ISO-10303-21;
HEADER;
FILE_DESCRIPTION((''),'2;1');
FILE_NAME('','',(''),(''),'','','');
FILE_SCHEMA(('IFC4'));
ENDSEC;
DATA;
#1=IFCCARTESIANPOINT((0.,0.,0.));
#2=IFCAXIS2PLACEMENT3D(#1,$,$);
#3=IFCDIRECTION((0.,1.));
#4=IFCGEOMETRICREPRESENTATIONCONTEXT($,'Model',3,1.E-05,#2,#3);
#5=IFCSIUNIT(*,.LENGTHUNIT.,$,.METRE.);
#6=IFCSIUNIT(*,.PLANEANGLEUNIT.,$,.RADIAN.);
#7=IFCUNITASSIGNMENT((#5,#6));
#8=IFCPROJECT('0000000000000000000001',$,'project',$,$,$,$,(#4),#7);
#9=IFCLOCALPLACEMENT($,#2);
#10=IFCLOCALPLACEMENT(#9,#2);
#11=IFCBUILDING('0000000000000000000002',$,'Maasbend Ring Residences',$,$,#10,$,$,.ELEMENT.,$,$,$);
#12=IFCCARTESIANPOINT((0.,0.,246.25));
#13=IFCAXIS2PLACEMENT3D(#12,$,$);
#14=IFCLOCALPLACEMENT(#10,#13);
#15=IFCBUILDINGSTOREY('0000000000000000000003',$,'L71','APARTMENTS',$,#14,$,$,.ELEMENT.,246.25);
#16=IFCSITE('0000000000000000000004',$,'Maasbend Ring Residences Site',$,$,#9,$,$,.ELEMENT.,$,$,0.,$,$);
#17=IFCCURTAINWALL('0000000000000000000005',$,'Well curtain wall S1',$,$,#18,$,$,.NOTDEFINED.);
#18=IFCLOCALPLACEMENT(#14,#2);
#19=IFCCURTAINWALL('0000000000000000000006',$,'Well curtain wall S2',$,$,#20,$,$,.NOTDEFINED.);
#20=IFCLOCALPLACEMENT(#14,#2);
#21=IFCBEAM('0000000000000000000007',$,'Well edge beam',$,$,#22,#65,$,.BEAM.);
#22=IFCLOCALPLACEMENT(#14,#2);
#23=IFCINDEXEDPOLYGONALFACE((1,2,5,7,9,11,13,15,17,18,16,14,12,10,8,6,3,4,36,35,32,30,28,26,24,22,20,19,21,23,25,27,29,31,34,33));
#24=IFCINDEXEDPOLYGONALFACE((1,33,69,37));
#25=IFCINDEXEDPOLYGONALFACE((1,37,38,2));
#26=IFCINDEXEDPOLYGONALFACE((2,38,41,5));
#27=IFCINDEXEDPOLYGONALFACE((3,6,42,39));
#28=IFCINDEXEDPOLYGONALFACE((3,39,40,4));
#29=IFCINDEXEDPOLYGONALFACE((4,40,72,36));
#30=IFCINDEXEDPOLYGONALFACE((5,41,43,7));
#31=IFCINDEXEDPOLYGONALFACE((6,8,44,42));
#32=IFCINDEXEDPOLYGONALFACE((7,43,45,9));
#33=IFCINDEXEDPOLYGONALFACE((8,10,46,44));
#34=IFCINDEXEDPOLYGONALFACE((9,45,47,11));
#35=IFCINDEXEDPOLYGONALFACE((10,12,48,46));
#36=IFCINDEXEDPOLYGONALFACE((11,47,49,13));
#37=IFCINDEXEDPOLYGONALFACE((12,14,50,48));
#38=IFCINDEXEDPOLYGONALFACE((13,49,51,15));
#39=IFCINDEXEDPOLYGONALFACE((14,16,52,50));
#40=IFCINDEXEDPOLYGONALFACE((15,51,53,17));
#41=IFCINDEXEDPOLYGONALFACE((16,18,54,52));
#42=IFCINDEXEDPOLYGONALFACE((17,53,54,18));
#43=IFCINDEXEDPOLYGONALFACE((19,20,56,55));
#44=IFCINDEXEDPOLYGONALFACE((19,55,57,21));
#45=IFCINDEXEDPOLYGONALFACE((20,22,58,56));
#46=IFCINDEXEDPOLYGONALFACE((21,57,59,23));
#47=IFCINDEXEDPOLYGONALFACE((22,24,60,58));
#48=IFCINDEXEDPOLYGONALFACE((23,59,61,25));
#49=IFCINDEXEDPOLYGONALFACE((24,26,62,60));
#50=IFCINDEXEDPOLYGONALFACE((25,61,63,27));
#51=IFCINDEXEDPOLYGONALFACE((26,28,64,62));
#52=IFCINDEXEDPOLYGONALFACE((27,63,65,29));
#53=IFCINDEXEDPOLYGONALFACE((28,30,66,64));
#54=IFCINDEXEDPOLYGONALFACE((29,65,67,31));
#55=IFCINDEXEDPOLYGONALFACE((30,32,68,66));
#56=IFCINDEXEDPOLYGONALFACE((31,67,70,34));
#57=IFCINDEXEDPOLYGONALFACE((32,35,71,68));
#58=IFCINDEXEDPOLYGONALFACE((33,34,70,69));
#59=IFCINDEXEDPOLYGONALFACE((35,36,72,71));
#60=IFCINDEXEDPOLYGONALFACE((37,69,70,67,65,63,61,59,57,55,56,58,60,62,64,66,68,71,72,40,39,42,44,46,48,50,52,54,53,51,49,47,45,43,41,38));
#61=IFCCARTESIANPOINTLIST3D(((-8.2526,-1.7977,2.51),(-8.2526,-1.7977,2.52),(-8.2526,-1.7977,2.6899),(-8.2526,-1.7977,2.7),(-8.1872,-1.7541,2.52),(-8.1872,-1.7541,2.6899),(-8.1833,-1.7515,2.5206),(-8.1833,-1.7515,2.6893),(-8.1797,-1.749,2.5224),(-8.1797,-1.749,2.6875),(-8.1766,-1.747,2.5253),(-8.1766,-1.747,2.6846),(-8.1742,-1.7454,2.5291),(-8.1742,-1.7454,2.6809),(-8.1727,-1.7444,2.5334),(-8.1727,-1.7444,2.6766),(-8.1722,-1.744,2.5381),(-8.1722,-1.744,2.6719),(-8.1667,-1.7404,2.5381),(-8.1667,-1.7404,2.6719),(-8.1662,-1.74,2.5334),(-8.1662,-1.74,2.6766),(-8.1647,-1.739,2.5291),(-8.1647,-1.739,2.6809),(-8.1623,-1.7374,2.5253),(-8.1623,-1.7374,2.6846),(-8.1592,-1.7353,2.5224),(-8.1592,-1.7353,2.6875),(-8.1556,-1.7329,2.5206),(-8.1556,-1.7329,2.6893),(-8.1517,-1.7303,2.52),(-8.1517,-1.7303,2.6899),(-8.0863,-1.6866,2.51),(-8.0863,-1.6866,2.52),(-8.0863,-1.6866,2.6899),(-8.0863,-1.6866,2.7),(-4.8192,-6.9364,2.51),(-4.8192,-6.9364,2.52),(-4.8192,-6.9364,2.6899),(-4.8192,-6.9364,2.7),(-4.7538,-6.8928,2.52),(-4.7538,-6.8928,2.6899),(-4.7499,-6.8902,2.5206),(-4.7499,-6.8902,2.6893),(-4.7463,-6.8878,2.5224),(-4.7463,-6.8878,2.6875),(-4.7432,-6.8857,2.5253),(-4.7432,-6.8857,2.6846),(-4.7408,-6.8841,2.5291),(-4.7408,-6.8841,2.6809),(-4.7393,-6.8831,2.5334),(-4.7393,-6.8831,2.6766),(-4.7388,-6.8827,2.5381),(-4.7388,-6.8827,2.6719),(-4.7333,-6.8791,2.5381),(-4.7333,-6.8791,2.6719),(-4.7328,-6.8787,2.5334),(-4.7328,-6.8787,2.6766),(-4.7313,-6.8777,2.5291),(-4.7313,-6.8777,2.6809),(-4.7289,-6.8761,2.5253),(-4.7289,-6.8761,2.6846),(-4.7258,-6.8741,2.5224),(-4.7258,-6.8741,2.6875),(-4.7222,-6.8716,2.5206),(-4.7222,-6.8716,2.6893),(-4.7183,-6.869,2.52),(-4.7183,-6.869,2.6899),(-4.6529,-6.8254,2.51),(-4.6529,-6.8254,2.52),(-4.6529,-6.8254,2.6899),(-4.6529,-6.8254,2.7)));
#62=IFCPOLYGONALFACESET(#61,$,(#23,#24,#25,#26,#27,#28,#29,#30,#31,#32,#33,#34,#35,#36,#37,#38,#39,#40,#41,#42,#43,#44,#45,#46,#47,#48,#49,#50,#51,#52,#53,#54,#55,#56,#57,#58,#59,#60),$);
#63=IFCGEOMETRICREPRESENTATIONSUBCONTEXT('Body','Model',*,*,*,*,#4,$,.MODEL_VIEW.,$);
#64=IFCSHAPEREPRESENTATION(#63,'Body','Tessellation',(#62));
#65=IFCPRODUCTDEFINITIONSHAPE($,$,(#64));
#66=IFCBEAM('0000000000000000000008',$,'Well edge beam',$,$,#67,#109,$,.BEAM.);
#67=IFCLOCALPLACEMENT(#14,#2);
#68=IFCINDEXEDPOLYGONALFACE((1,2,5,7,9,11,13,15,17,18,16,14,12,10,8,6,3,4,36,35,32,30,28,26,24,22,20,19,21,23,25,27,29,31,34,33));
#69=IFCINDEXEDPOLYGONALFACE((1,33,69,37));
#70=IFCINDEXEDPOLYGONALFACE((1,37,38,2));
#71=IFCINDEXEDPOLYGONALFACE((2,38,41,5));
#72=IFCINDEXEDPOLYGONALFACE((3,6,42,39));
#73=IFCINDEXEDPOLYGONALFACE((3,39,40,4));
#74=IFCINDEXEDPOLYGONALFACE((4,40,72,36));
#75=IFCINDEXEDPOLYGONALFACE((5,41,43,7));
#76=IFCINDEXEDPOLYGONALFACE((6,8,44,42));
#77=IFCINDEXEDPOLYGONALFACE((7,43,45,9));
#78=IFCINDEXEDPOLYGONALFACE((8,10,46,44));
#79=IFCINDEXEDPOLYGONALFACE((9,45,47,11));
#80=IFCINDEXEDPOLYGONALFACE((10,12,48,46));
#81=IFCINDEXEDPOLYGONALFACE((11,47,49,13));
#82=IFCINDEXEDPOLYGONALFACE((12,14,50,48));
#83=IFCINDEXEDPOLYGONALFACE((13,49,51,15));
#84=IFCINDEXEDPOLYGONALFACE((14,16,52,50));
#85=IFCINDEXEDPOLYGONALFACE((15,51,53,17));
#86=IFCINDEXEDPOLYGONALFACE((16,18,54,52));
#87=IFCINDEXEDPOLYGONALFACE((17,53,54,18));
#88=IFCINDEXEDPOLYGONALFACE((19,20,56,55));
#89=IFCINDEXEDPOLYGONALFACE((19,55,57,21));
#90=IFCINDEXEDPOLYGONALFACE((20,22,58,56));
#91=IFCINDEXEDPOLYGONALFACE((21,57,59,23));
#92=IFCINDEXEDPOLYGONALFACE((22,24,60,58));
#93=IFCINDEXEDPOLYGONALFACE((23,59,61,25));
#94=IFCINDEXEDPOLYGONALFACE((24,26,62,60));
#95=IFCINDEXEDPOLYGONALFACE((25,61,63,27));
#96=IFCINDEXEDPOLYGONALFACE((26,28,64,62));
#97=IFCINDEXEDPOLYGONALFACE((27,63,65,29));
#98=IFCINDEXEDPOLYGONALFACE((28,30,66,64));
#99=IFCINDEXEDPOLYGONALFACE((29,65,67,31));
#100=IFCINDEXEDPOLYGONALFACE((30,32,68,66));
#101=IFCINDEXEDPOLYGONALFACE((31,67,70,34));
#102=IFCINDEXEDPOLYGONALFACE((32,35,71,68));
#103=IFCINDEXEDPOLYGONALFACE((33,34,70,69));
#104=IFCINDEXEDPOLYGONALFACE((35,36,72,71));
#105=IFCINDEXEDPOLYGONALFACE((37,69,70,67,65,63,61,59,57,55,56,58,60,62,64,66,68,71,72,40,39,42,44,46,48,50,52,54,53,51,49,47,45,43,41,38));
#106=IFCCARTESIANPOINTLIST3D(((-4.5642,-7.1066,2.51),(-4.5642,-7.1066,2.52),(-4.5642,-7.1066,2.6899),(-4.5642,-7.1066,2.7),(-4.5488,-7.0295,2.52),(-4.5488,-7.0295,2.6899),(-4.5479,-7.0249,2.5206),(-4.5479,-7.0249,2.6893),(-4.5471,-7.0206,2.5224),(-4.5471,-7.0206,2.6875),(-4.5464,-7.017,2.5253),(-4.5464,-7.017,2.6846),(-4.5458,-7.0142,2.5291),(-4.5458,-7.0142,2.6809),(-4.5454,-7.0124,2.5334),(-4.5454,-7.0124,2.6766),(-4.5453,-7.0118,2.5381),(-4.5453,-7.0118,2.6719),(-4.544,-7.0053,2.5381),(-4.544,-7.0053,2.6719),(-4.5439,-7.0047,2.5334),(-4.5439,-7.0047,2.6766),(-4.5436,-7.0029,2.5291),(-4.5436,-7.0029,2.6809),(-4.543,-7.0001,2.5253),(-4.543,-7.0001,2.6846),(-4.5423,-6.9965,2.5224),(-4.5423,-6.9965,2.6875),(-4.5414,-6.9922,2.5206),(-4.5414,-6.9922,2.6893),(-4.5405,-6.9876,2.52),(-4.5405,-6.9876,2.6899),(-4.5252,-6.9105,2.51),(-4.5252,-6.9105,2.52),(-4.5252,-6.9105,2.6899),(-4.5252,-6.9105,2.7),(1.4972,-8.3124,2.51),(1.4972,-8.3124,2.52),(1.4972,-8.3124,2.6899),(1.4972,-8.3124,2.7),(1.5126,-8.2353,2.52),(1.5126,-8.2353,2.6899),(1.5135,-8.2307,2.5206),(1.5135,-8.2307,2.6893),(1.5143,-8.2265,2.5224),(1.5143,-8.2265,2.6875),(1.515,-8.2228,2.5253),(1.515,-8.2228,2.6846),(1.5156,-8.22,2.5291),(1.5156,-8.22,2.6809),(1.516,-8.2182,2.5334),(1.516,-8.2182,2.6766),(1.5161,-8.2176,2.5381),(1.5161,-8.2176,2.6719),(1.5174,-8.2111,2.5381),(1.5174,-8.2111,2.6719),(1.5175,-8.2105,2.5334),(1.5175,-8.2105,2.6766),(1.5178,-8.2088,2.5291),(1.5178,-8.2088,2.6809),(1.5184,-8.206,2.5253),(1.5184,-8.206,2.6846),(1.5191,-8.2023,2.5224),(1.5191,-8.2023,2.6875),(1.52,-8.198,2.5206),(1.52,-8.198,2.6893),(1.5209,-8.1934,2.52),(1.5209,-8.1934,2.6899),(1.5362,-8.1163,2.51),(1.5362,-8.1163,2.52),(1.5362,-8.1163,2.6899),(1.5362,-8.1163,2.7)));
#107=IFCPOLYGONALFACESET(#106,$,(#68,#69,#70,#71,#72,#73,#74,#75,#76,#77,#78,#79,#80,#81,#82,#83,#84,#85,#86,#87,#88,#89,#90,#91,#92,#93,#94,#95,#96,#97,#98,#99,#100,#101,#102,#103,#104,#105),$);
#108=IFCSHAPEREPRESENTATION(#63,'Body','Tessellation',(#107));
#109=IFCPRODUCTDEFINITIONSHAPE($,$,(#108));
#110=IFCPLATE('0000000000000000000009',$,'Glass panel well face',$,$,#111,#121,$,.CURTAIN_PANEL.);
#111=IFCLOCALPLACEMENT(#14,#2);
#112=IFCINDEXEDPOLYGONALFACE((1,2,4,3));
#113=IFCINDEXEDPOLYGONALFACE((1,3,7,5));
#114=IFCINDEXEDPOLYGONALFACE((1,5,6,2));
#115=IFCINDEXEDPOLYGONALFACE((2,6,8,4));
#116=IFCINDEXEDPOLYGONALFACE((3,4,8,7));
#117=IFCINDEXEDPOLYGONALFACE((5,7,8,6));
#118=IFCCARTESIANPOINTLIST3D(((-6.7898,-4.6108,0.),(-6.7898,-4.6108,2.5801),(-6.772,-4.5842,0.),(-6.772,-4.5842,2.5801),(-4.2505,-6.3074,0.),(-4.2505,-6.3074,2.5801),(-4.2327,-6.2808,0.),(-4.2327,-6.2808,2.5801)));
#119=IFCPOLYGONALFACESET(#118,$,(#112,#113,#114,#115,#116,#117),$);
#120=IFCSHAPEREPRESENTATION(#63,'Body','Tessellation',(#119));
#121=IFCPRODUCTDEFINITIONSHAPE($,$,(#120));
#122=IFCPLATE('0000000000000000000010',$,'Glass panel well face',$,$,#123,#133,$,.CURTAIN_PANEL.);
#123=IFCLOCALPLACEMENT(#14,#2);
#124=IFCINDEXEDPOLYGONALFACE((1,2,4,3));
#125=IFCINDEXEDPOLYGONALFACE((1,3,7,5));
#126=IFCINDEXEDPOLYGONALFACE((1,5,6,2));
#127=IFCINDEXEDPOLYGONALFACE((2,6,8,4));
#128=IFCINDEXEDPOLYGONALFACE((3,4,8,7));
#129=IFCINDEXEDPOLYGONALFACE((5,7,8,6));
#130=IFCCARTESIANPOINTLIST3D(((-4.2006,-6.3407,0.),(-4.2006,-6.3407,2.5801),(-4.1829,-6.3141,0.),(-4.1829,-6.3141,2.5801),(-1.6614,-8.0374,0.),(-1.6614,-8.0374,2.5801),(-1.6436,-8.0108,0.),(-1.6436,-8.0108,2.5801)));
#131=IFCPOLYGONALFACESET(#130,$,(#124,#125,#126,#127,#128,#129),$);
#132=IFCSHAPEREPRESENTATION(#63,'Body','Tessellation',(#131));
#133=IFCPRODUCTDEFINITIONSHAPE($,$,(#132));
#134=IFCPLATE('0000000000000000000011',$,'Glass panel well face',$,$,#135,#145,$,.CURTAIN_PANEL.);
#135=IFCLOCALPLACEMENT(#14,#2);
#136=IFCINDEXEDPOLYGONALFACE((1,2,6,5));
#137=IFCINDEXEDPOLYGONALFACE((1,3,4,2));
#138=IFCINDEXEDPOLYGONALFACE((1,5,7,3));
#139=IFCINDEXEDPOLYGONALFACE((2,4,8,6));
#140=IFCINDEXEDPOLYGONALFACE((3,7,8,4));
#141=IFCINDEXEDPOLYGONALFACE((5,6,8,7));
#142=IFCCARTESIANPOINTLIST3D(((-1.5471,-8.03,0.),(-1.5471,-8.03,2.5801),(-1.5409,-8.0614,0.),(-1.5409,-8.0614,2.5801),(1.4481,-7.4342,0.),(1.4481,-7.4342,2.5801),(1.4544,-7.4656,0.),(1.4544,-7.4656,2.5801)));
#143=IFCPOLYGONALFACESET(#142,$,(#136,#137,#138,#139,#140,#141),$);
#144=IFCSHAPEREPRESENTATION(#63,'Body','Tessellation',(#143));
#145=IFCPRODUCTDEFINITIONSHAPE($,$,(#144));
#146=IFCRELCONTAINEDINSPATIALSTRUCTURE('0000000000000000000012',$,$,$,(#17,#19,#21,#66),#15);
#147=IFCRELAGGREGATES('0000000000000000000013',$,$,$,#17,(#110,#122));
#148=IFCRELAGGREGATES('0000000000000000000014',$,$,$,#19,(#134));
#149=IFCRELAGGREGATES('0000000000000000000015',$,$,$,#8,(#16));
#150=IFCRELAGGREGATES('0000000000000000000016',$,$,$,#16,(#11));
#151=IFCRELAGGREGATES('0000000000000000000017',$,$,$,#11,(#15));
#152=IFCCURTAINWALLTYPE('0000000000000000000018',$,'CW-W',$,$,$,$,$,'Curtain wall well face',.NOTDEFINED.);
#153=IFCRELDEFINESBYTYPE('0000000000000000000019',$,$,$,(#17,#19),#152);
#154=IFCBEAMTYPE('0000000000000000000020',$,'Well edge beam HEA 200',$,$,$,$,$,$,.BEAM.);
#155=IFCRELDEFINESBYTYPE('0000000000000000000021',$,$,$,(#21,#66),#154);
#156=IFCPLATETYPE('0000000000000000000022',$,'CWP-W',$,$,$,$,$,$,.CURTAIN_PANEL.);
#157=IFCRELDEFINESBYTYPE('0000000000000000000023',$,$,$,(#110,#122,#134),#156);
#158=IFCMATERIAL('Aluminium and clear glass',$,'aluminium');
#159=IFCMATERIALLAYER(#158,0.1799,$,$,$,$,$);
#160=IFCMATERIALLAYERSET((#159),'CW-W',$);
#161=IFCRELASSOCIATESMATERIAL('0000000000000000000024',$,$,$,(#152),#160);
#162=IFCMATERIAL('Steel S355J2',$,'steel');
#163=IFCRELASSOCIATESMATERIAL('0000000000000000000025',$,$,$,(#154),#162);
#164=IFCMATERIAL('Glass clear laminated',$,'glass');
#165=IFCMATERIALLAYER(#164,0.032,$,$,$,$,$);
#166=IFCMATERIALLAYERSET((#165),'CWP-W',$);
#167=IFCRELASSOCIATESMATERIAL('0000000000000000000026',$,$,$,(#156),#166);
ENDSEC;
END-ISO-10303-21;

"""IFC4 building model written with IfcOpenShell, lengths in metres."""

from ifc_helpers import new_model, si_unit, direction, frame, origin, origin_2d, place, context, subcontext, project, spatial, rectangle, i_section, extrude, material, layer, layer_set, material_profile, profile_set, type_object, element, aggregate, save


model = new_model("IFC4")

# Units and contexts
model_context = context("Model", 3, precision=1e-05, world=origin(), true_north=direction((0.0, 1.0)))
body_context = subcontext(model_context, "Body", "Model", "MODEL_VIEW")
ifc_project = project(units=[si_unit("LENGTHUNIT", "METRE"), si_unit("PLANEANGLEUNIT", "RADIAN")], contexts=[model_context])

# Site, building, storey
site_placement = place(None, origin())
site = spatial("IfcSite", under=ifc_project, at=site_placement, Name="Maasbend Ring Residences Site", CompositionType="ELEMENT", RefElevation=0.0)
building_placement = place(site_placement, origin())
building = spatial("IfcBuilding", under=site, at=building_placement, Name="Maasbend Ring Residences", CompositionType="ELEMENT")
storey_placement = place(building_placement, frame((0.0, 0.0, 246.25)))
storey = spatial("IfcBuildingStorey", under=building, at=storey_placement, Name="L71", Description="APARTMENTS", CompositionType="ELEMENT", Elevation=246.25)

# Curtain wall
ifc_material_1 = material(Name="Aluminium and clear glass", Category="aluminium")
ifc_layer_1 = layer(ifc_material_1, 0.1799)
ifc_layer_set_1 = layer_set([ifc_layer_1], Name="CW-W")
curtain_wall_type = type_object("IfcCurtainWallType", Name="CW-W", ElementType="Curtain wall well face", PredefinedType="NOTDEFINED", material=ifc_layer_set_1)
curtain_wall_1_placement = place(storey_placement, origin())
curtain_wall_1 = element("IfcCurtainWall", 1, at=curtain_wall_1_placement, inside=storey, type_object=curtain_wall_type, Name="Well curtain wall S1", PredefinedType="NOTDEFINED")

# Curtain wall
curtain_wall_2_placement = place(storey_placement, origin())
curtain_wall_2 = element("IfcCurtainWall", 2, at=curtain_wall_2_placement, inside=storey, type_object=curtain_wall_type, Name="Well curtain wall S2", PredefinedType="NOTDEFINED")

# Beams
ifc_material_2 = material(Name="Steel S355J2", Category="steel")
ifc_material_profile_1 = material_profile(ifc_material_2, i_section(OverallWidth=0.2, OverallDepth=0.1899, WebThickness=0.0066, FlangeThickness=0.01, FilletRadius=0.0181, at=origin_2d()), Name="HEA 200")
ifc_profile_set_1 = profile_set([ifc_material_profile_1], Name="Steel S355J2")
beam_type = type_object("IfcBeamType", Name="Well edge beam HEA 200", PredefinedType="BEAM", material=ifc_profile_set_1)
for number, where, z_axis, x_axis, name in (
    (3, (-8.1694, -1.7422, 2.605), (0.555548, -0.831485, 0.0), (0.831485, 0.555548, 0.0), "Well edge beam"),
    (4, (-4.5447, -7.0085, 2.605), (0.980781, -0.195113, 0.0), (0.195113, 0.980781, 0.0), "Well edge beam"),
):
    element("IfcBeam", number, at=place(storey_placement, frame(where, z_axis=z_axis, x_axis=x_axis)), inside=storey, type_object=beam_type, Name=name, PredefinedType="BEAM", context=body_context, shape_type="SweptSolid", body=[
        extrude(i_section(OverallWidth=0.2, OverallDepth=0.1899, WebThickness=0.0066, FlangeThickness=0.01, FilletRadius=0.0181, at=origin_2d()), origin(), (0.0, 0.0, 1.0), 6.1802),
    ])

# Plates
ifc_material_3 = material(Name="Glass clear laminated", Category="glass")
ifc_layer_2 = layer(ifc_material_3, 0.032)
ifc_layer_set_2 = layer_set([ifc_layer_2], Name="CWP-W")
plate_type = type_object("IfcPlateType", Name="CWP-W", PredefinedType="CURTAIN_PANEL", material=ifc_layer_set_2)
plate_1_placement = place(storey_placement, frame((-5.5112, -5.4458, 0.0), z_axis=(0.0, 0.0, 1.0), x_axis=(0.83147, -0.55557, 0.0)))
plate_1 = element("IfcPlate", 5, at=plate_1_placement, type_object=plate_type, Name="Glass panel well face", PredefinedType="CURTAIN_PANEL", context=body_context, shape_type="SweptSolid", body=[
    extrude(rectangle(XDim=3.054, YDim=0.032, at=origin_2d()), origin(), (0.0, 0.0, 1.0), 2.5801),
])
plate_2_placement = place(storey_placement, frame((-2.9221, -7.1758, 0.0), z_axis=(0.0, 0.0, 1.0), x_axis=(0.83147, -0.55557, 0.0)))
plate_2 = element("IfcPlate", 6, at=plate_2_placement, type_object=plate_type, Name="Glass panel well face", PredefinedType="CURTAIN_PANEL", context=body_context, shape_type="SweptSolid", body=[
    extrude(rectangle(XDim=3.054, YDim=0.032, at=origin_2d()), origin(), (0.0, 0.0, 1.0), 2.5801),
])
aggregate(curtain_wall_1, [plate_1, plate_2])
plate_3_placement = place(storey_placement, frame((-0.0464, -7.7478, 0.0), z_axis=(0.0, 0.0, 1.0), x_axis=(0.980785, 0.19509, 0.0)))
plate_3 = element("IfcPlate", 7, at=plate_3_placement, type_object=plate_type, Name="Glass panel well face", PredefinedType="CURTAIN_PANEL", context=body_context, shape_type="SweptSolid", body=[
    extrude(rectangle(XDim=3.054, YDim=0.032, at=origin_2d()), origin(), (0.0, 0.0, 1.0), 2.5801),
])
aggregate(curtain_wall_2, [plate_3])

save(model, "model.ifc")
